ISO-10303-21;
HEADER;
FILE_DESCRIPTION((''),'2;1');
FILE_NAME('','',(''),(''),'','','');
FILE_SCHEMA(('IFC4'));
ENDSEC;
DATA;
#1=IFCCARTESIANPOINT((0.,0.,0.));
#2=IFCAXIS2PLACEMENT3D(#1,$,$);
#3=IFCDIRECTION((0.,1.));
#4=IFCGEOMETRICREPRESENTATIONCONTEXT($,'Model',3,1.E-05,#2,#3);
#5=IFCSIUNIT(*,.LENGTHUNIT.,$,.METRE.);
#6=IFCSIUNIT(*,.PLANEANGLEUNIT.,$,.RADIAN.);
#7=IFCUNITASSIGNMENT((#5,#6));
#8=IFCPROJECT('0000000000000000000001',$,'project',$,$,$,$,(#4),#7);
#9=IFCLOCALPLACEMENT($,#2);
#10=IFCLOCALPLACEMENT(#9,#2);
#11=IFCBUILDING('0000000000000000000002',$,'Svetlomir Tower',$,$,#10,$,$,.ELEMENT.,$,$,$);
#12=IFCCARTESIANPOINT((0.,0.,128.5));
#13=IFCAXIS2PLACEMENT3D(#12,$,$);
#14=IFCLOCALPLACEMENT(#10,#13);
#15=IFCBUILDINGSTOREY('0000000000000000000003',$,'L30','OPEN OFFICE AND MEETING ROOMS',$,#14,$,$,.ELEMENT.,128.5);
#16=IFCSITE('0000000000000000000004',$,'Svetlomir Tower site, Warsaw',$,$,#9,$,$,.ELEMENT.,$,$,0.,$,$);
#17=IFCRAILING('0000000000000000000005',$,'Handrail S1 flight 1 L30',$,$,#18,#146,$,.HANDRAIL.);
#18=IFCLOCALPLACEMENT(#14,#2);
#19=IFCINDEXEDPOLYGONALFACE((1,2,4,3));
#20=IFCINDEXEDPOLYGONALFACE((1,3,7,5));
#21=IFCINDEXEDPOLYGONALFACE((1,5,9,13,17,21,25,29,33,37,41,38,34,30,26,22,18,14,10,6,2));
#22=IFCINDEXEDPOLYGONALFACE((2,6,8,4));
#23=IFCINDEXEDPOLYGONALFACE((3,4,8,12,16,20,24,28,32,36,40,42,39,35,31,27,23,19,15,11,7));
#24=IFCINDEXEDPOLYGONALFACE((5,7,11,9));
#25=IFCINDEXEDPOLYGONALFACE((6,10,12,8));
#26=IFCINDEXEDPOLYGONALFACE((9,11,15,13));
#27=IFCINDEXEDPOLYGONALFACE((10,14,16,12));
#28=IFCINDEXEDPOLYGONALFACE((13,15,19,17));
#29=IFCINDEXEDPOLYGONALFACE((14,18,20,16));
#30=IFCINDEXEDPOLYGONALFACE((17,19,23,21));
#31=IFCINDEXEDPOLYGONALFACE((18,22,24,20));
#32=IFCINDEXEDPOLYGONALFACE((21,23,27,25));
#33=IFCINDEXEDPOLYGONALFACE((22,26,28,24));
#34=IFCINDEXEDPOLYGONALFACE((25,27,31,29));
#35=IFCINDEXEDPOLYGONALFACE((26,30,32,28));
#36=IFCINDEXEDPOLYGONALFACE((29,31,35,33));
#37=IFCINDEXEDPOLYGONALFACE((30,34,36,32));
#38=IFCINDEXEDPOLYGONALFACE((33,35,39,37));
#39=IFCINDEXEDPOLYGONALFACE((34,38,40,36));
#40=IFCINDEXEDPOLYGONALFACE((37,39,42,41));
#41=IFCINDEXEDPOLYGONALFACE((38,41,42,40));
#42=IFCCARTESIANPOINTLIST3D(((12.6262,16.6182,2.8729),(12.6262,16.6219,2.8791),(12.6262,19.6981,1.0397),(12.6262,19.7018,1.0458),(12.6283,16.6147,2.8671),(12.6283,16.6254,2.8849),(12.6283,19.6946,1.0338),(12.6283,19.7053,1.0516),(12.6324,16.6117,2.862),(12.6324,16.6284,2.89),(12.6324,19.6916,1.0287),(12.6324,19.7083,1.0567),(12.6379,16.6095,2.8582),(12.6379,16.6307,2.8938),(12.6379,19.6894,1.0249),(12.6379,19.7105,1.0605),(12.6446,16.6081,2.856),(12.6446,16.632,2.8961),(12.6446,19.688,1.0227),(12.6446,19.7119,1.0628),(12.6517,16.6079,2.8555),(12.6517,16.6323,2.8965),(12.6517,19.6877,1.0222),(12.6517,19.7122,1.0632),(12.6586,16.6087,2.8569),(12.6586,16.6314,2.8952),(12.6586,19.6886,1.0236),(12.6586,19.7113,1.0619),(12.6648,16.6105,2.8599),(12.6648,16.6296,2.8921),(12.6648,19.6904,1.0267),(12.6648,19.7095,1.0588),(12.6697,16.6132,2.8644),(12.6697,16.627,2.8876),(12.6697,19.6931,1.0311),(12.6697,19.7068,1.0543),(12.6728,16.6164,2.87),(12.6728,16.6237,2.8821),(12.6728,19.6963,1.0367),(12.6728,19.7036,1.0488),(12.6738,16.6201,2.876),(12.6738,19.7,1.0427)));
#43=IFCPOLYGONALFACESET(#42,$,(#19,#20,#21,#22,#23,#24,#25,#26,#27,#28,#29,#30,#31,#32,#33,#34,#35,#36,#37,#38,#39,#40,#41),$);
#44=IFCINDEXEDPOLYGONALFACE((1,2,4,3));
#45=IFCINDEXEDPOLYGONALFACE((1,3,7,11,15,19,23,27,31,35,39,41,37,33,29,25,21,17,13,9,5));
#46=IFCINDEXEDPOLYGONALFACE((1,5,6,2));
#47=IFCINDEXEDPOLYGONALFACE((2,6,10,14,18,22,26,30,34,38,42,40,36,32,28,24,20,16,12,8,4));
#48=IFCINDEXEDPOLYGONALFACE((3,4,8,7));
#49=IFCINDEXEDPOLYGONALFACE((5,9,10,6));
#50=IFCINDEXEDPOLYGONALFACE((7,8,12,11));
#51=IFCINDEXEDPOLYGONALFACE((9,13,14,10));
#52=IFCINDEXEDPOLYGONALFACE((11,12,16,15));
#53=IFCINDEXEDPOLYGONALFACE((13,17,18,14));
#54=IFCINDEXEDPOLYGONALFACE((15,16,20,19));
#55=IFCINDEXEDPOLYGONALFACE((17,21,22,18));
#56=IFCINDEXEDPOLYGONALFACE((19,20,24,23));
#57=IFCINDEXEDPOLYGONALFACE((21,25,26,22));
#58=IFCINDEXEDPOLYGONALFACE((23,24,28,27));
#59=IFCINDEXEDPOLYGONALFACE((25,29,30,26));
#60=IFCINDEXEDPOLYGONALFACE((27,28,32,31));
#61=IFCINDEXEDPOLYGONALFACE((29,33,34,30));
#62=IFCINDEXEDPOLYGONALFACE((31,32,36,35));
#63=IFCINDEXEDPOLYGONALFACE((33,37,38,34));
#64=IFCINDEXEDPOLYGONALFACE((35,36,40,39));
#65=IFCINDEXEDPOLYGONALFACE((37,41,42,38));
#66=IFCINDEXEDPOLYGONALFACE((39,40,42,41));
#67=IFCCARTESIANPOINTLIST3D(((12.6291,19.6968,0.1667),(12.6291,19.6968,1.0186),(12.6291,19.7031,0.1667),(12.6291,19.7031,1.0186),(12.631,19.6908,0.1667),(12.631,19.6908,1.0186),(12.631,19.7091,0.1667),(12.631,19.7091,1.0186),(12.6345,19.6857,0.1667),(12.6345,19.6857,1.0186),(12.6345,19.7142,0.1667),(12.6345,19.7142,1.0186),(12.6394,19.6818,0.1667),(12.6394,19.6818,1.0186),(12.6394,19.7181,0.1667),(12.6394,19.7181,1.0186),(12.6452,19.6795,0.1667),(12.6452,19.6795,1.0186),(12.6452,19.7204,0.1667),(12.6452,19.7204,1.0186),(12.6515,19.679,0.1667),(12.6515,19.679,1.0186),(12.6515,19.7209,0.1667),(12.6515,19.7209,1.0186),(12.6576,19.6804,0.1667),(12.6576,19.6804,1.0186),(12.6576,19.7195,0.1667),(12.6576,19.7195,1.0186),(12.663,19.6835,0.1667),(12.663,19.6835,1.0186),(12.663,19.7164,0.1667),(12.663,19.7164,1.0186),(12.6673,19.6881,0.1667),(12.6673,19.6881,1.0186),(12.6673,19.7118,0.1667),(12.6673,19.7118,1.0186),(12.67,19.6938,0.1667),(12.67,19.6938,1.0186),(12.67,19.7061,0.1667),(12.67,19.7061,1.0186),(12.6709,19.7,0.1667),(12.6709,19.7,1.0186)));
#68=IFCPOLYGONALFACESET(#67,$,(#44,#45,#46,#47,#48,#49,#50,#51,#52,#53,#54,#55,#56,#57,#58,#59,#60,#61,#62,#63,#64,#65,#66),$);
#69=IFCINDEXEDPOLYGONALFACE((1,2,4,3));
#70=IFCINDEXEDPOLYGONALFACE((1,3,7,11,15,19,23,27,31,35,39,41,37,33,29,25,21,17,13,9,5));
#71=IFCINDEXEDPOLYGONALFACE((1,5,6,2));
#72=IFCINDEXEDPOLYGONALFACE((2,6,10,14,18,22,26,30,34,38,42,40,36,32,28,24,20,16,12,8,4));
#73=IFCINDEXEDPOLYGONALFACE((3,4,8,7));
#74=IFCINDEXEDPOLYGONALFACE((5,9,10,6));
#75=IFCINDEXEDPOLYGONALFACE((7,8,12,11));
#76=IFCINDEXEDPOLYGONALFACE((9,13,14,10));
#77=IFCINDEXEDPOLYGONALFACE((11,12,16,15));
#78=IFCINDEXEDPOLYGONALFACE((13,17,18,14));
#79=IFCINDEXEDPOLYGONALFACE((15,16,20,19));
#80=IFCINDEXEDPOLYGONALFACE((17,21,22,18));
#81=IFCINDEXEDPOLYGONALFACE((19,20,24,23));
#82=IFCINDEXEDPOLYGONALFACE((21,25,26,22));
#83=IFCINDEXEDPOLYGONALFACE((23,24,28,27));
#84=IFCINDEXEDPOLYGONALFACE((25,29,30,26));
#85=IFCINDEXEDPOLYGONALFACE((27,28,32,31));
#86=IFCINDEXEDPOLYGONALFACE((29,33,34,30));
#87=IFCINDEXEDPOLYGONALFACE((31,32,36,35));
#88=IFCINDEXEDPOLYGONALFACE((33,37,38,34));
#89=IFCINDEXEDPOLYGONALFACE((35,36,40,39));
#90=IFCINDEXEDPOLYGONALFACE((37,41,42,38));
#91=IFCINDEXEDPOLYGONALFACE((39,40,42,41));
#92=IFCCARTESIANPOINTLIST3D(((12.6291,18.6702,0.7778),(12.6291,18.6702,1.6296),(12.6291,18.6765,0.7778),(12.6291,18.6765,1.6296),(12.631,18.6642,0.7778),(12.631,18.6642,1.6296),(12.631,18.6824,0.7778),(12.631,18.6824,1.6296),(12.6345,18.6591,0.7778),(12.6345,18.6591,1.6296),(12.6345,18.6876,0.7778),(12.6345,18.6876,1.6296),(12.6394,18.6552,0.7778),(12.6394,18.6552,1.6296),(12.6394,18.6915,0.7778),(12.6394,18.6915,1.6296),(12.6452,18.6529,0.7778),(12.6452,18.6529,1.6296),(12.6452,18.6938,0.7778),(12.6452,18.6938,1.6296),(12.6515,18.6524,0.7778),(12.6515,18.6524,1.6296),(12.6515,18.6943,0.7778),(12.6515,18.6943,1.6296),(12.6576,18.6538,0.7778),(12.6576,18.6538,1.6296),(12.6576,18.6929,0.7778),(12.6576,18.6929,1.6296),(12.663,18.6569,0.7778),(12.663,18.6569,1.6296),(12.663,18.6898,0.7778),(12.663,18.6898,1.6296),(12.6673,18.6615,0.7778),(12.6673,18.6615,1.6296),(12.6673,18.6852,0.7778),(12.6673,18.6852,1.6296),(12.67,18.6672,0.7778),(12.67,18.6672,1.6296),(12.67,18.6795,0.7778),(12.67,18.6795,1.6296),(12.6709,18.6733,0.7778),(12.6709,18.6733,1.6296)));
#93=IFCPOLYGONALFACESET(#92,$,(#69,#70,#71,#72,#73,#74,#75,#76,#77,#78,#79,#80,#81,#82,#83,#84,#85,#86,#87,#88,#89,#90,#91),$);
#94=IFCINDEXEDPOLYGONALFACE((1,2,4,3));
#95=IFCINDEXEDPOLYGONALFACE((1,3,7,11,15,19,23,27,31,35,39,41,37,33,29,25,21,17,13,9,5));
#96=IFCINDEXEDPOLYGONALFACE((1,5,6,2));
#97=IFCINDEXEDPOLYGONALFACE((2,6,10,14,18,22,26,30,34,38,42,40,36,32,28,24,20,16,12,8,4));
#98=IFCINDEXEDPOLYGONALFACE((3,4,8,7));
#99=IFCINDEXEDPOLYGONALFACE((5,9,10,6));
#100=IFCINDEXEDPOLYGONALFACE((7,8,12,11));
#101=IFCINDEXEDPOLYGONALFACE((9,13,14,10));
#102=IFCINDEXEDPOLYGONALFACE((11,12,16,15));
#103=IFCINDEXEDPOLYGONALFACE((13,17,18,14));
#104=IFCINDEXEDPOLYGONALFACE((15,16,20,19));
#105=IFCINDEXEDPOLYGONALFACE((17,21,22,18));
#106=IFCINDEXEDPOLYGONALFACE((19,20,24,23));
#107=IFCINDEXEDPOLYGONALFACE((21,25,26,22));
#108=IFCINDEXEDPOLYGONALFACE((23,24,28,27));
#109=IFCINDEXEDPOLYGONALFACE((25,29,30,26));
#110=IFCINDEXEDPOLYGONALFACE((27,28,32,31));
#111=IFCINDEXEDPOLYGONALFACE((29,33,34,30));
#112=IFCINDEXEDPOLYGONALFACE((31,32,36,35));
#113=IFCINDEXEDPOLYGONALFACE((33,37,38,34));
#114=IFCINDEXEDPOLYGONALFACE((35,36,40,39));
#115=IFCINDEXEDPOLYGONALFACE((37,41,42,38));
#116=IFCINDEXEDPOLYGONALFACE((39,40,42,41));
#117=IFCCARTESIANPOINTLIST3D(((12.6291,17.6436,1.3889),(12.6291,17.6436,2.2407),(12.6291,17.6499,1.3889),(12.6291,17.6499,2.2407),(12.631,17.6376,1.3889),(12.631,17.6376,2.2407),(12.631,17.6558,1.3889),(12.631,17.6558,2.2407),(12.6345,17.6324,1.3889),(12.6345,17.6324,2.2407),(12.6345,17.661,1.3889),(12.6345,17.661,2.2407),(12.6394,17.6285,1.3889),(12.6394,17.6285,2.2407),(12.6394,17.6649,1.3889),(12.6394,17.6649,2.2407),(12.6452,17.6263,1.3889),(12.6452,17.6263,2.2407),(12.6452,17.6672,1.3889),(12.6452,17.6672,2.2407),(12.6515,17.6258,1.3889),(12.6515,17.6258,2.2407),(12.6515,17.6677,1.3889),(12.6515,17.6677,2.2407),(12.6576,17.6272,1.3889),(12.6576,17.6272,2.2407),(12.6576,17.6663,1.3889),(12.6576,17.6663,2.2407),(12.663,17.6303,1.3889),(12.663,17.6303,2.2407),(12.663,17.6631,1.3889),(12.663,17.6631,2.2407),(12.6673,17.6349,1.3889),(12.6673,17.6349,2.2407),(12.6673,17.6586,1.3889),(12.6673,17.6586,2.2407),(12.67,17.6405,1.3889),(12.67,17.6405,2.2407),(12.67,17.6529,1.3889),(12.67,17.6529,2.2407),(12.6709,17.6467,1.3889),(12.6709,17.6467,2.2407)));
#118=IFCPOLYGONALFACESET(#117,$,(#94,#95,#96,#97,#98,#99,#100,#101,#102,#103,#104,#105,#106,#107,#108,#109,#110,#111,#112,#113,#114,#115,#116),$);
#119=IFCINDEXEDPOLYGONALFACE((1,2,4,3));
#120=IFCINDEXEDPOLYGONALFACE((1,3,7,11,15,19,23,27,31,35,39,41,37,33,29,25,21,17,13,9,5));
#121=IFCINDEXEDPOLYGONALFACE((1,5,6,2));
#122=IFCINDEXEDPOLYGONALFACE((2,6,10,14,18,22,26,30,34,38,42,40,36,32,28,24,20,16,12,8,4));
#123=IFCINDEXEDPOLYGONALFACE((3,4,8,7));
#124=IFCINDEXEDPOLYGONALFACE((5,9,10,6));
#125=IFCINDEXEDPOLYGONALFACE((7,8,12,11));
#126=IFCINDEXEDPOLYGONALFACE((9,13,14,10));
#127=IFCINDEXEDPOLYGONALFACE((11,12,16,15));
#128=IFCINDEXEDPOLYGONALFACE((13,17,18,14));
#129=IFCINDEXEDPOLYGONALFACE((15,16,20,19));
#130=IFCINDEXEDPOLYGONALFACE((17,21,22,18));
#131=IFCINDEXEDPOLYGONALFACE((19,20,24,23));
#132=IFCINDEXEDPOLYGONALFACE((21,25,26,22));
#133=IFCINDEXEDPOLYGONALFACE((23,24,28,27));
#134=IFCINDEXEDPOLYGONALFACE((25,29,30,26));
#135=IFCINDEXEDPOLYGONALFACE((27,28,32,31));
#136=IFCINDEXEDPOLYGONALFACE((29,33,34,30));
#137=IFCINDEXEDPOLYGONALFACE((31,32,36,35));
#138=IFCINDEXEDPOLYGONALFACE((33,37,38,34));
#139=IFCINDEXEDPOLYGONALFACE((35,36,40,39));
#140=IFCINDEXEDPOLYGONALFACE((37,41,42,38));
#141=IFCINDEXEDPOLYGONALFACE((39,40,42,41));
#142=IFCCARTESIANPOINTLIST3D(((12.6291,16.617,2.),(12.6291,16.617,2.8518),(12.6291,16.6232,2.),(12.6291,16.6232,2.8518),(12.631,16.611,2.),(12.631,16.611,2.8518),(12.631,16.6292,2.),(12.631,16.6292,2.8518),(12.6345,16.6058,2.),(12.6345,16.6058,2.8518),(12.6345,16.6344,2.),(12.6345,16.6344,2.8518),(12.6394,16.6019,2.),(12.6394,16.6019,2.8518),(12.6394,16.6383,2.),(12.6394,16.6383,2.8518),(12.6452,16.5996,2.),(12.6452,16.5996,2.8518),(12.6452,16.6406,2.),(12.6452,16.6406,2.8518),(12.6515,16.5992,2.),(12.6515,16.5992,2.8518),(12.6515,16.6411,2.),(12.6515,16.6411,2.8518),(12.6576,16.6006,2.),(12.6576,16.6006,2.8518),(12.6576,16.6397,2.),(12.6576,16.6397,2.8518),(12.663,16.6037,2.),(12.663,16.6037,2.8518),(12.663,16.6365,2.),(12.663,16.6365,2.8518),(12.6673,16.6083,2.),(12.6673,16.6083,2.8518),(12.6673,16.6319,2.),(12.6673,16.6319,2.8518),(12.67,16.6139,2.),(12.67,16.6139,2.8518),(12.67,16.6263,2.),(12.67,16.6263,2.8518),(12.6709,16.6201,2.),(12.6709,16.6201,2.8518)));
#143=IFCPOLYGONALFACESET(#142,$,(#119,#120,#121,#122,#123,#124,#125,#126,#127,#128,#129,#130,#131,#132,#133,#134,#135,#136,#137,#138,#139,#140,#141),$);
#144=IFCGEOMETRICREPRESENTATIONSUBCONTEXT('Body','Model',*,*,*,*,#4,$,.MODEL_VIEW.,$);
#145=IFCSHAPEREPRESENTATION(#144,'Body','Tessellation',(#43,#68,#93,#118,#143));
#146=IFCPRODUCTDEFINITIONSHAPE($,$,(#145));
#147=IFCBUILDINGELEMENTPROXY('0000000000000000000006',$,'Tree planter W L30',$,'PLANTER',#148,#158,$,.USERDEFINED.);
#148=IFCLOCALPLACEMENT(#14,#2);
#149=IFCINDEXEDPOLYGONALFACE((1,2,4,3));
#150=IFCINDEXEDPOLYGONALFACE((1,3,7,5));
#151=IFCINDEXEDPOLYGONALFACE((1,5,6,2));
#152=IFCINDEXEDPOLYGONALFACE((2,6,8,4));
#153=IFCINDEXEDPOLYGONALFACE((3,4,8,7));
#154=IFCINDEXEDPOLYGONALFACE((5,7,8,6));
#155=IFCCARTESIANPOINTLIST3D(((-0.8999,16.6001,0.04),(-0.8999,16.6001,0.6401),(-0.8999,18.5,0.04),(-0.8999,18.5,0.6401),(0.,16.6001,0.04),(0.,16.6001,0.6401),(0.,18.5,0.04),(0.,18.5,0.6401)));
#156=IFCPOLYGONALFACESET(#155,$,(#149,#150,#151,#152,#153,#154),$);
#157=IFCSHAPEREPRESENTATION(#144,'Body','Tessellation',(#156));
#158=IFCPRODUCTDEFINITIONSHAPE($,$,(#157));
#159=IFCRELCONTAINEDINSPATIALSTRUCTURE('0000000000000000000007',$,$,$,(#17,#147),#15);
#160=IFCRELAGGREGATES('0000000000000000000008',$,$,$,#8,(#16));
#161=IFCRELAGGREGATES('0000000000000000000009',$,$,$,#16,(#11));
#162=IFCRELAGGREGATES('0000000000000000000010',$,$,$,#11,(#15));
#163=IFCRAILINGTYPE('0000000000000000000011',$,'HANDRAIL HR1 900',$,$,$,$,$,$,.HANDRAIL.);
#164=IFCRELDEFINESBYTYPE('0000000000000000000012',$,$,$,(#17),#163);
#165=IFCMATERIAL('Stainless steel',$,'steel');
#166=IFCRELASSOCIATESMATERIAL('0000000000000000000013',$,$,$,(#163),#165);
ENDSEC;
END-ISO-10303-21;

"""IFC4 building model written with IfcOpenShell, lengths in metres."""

from ifc_helpers import new_model, si_unit, direction, frame, origin, origin_2d, place, context, subcontext, project, spatial, rectangle, circle, extrude, material, type_object, element, save


model = new_model("IFC4")

# Units and contexts
model_context = context("Model", 3, precision=1e-05, world=origin(), true_north=direction((0.0, 1.0)))
body_context = subcontext(model_context, "Body", "Model", "MODEL_VIEW")
ifc_project = project(units=[si_unit("LENGTHUNIT", "METRE"), si_unit("PLANEANGLEUNIT", "RADIAN")], contexts=[model_context])

# Site, building, storey
site_placement = place(None, origin())
site = spatial("IfcSite", under=ifc_project, at=site_placement, Name="Svetlomir Tower site, Warsaw", CompositionType="ELEMENT", RefElevation=0.0)
building_placement = place(site_placement, origin())
building = spatial("IfcBuilding", under=site, at=building_placement, Name="Svetlomir Tower", CompositionType="ELEMENT")
storey_placement = place(building_placement, frame((0.0, 0.0, 128.5)))
storey = spatial("IfcBuildingStorey", under=building, at=storey_placement, Name="L30", Description="OPEN OFFICE AND MEETING ROOMS", CompositionType="ELEMENT", Elevation=128.5)

# Railing
ifc_material_1 = material(Name="Stainless steel", Category="steel")
railing_type_1 = type_object("IfcRailingType", Name="HANDRAIL HR1 900", PredefinedType="HANDRAIL", material=ifc_material_1)
railing_1_placement = place(storey_placement, frame((12.6499, 19.7, 0.1667)))
element("IfcRailing", 1, at=railing_1_placement, inside=storey, type_object=railing_type_1, Name="Handrail S1 flight 1 L30", PredefinedType="HANDRAIL", context=body_context, shape_type="SweptSolid", body=[
    extrude(circle(Radius=0.0239, at=origin_2d()), frame((0.0, 0.0, 0.876), z_axis=(0.0, -0.859291, 0.511487), x_axis=(1.0, 0.0, 0.0)), (0.0, 0.0, 1.0), 3.5842),
    extrude(circle(Radius=0.021, at=origin_2d()), origin(), (0.0, 0.0, 1.0), 0.8518),
    extrude(circle(Radius=0.021, at=origin_2d()), frame((0.0, -1.0266, 0.6111)), (0.0, 0.0, 1.0), 0.8518),
    extrude(circle(Radius=0.021, at=origin_2d()), frame((0.0, -2.0532, 1.2222)), (0.0, 0.0, 1.0), 0.8518),
    extrude(circle(Radius=0.021, at=origin_2d()), frame((0.0, -3.0798, 1.8333)), (0.0, 0.0, 1.0), 0.8518),
])

# Building element proxy
proxy_placement = place(storey_placement, frame((-0.45, 17.55, 0.04), z_axis=(0.0, 0.0, 1.0), x_axis=(1.0, 0.0, 0.0)))
element("IfcBuildingElementProxy", 2, at=proxy_placement, inside=storey, Name="Tree planter W L30", ObjectType="PLANTER", PredefinedType="USERDEFINED", context=body_context, shape_type="SweptSolid", body=[
    extrude(rectangle(XDim=0.8999, YDim=1.8999, at=origin_2d()), origin(), (0.0, 0.0, 1.0), 0.6001),
])

save(model, "model.ifc")
